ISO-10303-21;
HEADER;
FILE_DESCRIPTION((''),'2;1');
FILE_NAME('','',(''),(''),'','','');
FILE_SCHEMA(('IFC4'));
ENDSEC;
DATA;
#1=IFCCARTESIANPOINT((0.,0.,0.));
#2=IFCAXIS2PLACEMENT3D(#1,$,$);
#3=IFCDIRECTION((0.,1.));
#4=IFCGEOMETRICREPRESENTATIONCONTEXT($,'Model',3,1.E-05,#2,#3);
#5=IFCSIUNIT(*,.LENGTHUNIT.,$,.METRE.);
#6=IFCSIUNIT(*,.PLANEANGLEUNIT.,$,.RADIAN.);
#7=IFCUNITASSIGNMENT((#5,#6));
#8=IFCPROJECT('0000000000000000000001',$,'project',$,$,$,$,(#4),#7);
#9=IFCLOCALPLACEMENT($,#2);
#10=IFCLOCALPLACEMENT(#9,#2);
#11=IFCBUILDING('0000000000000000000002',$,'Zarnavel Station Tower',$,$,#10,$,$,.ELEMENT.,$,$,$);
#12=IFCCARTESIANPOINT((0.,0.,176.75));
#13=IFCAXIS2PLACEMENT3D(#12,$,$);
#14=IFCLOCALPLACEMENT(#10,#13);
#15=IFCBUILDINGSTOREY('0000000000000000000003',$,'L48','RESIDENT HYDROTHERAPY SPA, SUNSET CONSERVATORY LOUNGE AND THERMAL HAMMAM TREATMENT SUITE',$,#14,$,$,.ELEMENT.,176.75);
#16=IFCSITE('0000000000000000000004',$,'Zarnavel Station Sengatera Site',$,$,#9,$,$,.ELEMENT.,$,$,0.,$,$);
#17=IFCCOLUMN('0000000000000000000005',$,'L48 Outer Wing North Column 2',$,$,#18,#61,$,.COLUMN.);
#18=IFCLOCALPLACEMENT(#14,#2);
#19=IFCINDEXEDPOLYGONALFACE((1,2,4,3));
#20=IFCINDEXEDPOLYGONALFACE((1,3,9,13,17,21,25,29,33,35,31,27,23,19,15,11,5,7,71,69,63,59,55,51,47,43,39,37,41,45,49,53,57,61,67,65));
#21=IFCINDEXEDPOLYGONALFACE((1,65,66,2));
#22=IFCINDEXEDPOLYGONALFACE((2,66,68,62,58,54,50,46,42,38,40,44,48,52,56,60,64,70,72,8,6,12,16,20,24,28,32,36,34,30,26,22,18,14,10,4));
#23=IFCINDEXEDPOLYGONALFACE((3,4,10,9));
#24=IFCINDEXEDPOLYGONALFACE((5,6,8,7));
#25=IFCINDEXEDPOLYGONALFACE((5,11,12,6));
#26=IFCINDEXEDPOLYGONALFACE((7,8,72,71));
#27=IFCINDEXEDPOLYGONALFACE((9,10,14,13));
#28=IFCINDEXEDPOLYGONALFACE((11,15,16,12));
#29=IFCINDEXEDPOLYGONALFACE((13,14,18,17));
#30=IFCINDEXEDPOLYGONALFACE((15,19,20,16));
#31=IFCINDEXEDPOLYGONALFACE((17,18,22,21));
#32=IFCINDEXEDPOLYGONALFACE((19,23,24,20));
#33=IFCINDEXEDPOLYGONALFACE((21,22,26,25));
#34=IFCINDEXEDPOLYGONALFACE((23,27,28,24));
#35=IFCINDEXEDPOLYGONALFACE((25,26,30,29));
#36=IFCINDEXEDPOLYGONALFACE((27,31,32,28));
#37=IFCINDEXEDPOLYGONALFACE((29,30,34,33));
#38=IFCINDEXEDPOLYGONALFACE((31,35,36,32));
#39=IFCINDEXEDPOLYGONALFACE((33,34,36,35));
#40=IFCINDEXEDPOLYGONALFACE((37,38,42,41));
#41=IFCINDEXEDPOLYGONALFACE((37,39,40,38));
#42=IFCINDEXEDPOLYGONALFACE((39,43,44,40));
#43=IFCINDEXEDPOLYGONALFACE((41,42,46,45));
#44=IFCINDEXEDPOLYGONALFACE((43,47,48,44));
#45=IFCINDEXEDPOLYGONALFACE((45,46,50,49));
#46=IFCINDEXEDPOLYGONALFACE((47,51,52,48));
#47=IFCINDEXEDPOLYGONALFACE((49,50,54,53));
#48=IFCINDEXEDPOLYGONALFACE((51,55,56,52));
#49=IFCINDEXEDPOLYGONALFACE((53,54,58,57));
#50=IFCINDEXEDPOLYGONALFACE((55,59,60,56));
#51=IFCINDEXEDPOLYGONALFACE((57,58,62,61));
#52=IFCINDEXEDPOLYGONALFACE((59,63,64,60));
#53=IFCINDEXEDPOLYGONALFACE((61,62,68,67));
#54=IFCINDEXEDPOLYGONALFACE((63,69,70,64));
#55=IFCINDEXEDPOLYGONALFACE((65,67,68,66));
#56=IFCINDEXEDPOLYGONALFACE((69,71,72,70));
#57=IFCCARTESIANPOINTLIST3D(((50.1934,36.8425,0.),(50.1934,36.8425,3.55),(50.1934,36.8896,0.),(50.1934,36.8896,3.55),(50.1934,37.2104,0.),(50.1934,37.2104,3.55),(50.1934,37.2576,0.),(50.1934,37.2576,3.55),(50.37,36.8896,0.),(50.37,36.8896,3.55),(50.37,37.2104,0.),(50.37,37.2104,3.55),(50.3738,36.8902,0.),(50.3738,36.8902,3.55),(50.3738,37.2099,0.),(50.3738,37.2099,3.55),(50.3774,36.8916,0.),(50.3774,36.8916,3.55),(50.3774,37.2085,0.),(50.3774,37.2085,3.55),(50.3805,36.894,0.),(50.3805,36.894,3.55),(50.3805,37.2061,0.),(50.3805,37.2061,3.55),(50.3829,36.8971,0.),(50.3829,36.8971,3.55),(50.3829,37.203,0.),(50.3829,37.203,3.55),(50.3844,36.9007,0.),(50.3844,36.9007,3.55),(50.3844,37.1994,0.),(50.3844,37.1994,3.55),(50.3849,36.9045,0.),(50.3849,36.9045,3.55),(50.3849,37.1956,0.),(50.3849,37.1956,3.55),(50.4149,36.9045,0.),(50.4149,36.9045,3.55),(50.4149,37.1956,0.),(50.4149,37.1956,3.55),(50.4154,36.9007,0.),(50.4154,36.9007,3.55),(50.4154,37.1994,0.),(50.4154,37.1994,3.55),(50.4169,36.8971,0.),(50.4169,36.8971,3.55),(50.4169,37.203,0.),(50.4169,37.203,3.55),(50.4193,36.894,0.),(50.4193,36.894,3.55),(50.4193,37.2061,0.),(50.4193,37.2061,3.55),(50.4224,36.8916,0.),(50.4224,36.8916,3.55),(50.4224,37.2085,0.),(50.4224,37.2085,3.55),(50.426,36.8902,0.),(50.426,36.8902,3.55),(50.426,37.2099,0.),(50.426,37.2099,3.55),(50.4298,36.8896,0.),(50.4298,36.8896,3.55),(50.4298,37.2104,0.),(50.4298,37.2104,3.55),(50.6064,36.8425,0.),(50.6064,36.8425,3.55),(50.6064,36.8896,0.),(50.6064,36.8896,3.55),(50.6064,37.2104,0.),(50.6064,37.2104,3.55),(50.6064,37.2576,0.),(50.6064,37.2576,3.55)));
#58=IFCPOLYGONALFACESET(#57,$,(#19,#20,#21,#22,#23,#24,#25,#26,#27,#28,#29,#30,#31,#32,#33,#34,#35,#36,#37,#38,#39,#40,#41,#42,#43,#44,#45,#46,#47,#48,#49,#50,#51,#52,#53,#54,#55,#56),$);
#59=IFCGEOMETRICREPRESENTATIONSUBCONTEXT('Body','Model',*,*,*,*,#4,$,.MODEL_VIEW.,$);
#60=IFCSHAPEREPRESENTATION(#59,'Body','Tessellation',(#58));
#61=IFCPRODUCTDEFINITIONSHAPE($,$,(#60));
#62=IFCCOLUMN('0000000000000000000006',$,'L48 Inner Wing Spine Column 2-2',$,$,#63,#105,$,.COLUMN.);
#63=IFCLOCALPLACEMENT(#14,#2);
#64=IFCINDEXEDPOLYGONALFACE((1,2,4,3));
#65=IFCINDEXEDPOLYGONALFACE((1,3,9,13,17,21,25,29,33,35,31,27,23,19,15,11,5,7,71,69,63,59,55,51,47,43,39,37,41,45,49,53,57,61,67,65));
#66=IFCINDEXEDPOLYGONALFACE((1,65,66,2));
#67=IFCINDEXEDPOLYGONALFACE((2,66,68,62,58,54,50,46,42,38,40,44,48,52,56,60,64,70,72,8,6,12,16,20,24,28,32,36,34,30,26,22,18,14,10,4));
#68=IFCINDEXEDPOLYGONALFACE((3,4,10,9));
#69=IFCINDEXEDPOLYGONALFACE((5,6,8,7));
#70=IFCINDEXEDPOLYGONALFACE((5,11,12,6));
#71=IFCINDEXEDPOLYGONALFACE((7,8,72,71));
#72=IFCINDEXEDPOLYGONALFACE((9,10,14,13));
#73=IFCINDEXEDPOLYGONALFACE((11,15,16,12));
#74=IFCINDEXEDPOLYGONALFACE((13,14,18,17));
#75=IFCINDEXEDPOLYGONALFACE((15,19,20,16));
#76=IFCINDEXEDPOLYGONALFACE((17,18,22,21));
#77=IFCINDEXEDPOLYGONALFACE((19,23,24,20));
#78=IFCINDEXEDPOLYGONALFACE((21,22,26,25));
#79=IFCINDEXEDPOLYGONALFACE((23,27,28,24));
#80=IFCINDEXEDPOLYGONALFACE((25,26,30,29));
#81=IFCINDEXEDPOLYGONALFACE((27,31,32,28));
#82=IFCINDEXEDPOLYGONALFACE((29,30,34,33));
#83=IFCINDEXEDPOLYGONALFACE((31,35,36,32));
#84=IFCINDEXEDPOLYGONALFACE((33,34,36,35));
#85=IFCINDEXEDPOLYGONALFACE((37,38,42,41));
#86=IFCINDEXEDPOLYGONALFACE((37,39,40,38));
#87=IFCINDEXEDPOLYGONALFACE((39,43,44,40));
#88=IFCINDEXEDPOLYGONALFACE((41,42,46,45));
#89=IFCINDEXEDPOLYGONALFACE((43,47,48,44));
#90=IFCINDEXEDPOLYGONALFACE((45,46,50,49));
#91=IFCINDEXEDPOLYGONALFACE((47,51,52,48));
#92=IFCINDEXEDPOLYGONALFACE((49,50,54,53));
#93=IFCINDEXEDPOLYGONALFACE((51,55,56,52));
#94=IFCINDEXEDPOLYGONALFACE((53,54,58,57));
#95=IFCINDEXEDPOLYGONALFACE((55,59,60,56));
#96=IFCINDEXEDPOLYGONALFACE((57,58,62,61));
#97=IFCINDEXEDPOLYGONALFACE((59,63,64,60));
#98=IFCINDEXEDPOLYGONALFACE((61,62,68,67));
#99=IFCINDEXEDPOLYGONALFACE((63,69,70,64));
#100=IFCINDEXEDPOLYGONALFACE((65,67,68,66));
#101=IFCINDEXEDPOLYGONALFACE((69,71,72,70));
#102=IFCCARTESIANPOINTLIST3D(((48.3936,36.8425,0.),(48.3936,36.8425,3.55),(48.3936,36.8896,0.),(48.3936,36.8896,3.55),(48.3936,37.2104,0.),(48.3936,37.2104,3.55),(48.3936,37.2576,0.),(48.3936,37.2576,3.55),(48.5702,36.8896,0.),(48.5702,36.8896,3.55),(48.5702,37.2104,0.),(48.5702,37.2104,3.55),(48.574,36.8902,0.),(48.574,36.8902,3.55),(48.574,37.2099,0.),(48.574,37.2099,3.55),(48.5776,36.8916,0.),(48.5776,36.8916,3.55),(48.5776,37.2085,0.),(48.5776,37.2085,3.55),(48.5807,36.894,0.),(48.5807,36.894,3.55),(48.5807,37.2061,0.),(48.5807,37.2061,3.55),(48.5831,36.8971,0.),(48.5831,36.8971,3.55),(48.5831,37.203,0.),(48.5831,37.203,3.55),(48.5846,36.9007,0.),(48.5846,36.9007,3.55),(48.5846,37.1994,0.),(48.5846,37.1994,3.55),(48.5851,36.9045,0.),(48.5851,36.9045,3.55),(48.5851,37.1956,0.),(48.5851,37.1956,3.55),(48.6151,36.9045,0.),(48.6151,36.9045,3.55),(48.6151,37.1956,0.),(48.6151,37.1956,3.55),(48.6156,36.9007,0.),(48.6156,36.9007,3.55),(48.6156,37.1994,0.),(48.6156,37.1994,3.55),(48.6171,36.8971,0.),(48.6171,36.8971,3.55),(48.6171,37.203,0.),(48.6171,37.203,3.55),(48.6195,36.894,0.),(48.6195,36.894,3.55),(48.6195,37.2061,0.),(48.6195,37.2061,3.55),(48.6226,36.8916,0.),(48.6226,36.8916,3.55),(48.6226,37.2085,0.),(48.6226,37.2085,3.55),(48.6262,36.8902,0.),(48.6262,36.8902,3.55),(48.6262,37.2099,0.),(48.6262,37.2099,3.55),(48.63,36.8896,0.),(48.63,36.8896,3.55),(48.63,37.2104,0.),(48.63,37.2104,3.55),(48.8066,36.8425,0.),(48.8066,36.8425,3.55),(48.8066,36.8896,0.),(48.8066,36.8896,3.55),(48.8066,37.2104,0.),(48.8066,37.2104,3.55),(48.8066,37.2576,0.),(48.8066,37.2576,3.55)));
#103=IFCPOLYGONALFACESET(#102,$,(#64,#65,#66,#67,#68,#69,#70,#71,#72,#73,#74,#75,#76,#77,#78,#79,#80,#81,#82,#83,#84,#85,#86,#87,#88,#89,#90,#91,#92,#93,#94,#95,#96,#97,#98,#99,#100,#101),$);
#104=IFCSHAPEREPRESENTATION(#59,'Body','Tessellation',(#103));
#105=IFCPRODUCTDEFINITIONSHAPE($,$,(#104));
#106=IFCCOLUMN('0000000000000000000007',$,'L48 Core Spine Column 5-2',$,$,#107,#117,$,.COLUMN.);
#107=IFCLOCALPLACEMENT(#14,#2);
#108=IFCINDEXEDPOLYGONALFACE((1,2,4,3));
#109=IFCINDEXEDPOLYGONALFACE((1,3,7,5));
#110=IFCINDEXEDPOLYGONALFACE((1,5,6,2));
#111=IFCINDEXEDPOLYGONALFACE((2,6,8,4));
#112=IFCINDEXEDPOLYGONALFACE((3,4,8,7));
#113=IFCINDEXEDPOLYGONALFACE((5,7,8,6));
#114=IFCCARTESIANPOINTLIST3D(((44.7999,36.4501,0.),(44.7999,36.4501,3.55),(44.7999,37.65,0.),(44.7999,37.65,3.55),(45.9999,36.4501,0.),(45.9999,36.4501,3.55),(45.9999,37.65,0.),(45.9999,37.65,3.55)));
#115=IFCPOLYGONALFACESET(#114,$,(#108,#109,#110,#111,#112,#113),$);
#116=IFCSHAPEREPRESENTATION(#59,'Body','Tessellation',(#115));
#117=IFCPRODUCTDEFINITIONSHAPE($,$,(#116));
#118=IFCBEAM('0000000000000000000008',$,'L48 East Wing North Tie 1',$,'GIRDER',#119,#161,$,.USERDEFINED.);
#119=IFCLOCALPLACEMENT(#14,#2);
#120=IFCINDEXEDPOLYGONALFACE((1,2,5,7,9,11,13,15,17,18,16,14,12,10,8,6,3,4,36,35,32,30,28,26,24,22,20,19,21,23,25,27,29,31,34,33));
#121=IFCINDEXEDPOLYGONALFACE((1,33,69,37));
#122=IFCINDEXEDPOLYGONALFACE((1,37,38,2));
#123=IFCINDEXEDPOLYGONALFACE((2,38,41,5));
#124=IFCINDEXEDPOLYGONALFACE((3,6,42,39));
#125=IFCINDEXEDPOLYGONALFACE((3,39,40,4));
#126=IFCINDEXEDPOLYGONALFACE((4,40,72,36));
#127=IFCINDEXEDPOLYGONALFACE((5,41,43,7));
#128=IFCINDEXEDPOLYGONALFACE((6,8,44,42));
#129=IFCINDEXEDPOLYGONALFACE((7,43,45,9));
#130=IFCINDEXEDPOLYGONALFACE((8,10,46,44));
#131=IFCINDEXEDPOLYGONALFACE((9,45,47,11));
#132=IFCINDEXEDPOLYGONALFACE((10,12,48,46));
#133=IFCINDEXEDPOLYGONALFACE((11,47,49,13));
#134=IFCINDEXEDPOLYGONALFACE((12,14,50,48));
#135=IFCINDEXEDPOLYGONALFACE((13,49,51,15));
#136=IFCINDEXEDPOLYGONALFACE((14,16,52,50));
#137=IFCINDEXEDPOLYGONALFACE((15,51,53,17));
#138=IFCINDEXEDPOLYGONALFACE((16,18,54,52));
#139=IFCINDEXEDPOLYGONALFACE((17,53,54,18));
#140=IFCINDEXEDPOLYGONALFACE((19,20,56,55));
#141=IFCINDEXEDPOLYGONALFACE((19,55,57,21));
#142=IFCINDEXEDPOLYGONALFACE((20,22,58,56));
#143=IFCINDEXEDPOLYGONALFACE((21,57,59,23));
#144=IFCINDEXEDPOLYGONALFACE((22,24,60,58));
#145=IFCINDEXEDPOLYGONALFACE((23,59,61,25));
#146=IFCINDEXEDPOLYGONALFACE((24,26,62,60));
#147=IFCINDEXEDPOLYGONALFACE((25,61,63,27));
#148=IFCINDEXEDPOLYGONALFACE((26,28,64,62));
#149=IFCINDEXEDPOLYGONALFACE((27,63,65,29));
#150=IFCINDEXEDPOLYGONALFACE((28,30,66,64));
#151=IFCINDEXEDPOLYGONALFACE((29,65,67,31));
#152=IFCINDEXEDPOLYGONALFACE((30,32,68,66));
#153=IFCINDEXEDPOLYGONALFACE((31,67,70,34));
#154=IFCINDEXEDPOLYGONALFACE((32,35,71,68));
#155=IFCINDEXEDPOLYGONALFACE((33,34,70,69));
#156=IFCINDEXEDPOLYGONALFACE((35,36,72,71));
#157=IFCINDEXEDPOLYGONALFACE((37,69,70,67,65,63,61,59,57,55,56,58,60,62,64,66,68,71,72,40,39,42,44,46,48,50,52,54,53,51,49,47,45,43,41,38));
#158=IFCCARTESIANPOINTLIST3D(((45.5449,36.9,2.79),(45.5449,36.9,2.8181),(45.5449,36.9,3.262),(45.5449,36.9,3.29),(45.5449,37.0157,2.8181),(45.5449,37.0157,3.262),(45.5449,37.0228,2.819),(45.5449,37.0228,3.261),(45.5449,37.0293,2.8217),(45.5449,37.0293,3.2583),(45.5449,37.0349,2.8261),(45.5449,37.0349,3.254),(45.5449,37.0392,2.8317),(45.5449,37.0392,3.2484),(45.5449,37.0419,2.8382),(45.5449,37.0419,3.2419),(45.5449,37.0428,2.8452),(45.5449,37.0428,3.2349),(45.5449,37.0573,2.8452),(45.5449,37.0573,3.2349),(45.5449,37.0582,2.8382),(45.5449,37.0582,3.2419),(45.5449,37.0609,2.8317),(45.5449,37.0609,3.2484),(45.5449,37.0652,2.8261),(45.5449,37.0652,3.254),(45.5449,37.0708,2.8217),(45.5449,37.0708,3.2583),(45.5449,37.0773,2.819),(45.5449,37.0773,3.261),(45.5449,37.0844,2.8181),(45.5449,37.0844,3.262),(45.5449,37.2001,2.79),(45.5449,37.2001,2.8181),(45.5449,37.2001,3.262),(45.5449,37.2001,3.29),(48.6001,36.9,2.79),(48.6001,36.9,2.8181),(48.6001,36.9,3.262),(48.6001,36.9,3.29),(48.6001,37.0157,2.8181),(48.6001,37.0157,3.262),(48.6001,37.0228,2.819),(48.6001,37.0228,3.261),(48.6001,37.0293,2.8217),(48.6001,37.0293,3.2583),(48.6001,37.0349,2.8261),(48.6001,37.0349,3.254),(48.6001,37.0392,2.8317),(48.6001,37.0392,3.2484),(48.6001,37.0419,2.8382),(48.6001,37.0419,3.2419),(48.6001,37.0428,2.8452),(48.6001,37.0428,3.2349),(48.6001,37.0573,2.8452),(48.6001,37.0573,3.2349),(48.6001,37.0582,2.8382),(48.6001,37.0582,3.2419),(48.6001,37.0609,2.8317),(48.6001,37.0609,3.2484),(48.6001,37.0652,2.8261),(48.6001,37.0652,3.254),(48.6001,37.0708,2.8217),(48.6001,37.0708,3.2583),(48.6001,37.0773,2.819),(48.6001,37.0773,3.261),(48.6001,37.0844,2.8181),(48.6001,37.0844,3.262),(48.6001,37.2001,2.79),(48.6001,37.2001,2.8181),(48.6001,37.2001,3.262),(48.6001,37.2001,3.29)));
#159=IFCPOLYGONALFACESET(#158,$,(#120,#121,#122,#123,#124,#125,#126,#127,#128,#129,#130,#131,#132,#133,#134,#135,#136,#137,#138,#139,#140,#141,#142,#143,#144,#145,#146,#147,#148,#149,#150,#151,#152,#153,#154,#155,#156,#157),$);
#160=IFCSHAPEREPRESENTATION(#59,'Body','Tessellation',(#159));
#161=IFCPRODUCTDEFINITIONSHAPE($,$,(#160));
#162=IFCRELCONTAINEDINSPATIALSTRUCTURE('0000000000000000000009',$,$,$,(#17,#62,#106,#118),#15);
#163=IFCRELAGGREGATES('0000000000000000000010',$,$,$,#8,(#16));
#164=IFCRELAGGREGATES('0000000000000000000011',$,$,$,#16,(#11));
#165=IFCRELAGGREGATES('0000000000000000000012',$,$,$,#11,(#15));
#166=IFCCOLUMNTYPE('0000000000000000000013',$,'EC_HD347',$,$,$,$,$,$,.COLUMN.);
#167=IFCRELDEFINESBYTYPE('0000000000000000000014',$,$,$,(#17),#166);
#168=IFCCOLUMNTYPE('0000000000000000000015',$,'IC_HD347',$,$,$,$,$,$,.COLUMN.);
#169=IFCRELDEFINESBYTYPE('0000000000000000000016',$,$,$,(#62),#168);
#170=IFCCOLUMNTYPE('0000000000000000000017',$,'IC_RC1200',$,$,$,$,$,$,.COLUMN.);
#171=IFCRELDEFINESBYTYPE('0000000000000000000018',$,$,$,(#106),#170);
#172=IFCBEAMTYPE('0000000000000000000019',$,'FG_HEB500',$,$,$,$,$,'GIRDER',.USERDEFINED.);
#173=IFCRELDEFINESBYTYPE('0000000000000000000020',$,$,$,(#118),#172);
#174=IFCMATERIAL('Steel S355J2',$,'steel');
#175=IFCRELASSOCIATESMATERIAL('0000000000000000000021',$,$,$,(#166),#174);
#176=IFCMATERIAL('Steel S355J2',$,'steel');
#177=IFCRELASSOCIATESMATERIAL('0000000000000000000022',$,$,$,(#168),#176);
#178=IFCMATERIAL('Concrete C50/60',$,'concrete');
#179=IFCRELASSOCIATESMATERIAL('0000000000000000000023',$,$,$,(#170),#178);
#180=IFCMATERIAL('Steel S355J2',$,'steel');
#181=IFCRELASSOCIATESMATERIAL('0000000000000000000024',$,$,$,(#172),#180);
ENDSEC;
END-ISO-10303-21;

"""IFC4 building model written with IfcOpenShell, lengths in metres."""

from ifc_helpers import new_model, si_unit, direction, frame, origin, origin_2d, place, context, subcontext, project, spatial, rectangle, i_section, extrude, material, material_profile, profile_set, type_object, element, save


model = new_model("IFC4")

# Units and contexts
model_context = context("Model", 3, precision=1e-05, world=origin(), true_north=direction((0.0, 1.0)))
body_context = subcontext(model_context, "Body", "Model", "MODEL_VIEW")
ifc_project = project(units=[si_unit("LENGTHUNIT", "METRE"), si_unit("PLANEANGLEUNIT", "RADIAN")], contexts=[model_context])

# Site, building, storey
site_placement = place(None, origin())
site = spatial("IfcSite", under=ifc_project, at=site_placement, Name="Zarnavel Station Sengatera Site", CompositionType="ELEMENT", RefElevation=0.0)
building_placement = place(site_placement, origin())
building = spatial("IfcBuilding", under=site, at=building_placement, Name="Zarnavel Station Tower", CompositionType="ELEMENT")
storey_placement = place(building_placement, frame((0.0, 0.0, 176.75)))
storey = spatial("IfcBuildingStorey", under=building, at=storey_placement, Name="L48", Description="RESIDENT HYDROTHERAPY SPA, SUNSET CONSERVATORY LOUNGE AND THERMAL HAMMAM TREATMENT SUITE", CompositionType="ELEMENT", Elevation=176.75)

# Columns
ifc_material_1 = material(Name="Steel S355J2", Category="steel")
ifc_material_profile_1 = material_profile(ifc_material_1, i_section(OverallWidth=0.4131, OverallDepth=0.415, WebThickness=0.03, FlangeThickness=0.0471, FilletRadius=0.0149, at=origin_2d()), Name="HD400x347")
ifc_profile_set_1 = profile_set([ifc_material_profile_1], Name="Steel S355J2")
column_type_1 = type_object("IfcColumnType", Name="EC_HD347", PredefinedType="COLUMN", material=ifc_profile_set_1)
column_1_placement = place(storey_placement, frame((50.3999, 37.05, 0.0), z_axis=(0.0, 0.0, 1.0), x_axis=(1.0, 0.0, 0.0)))
element("IfcColumn", 1, at=column_1_placement, inside=storey, type_object=column_type_1, Name="L48 Outer Wing North Column 2", PredefinedType="COLUMN", context=body_context, shape_type="SweptSolid", body=[
    extrude(i_section(OverallWidth=0.4131, OverallDepth=0.415, WebThickness=0.03, FlangeThickness=0.0471, FilletRadius=0.0149, at=origin_2d()), origin(), (0.0, 0.0, 1.0), 3.55),
])
ifc_material_2 = material(Name="Steel S355J2", Category="steel")
ifc_material_profile_2 = material_profile(ifc_material_2, i_section(OverallWidth=0.4131, OverallDepth=0.415, WebThickness=0.03, FlangeThickness=0.0471, FilletRadius=0.0149, at=origin_2d()), Name="HD400x347")
ifc_profile_set_2 = profile_set([ifc_material_profile_2], Name="Steel S355J2")
column_type_2 = type_object("IfcColumnType", Name="IC_HD347", PredefinedType="COLUMN", material=ifc_profile_set_2)
column_2_placement = place(storey_placement, frame((48.6001, 37.05, 0.0), z_axis=(0.0, 0.0, 1.0), x_axis=(1.0, 0.0, 0.0)))
element("IfcColumn", 2, at=column_2_placement, inside=storey, type_object=column_type_2, Name="L48 Inner Wing Spine Column 2-2", PredefinedType="COLUMN", context=body_context, shape_type="SweptSolid", body=[
    extrude(i_section(OverallWidth=0.4131, OverallDepth=0.415, WebThickness=0.03, FlangeThickness=0.0471, FilletRadius=0.0149, at=origin_2d()), origin(), (0.0, 0.0, 1.0), 3.55),
])
ifc_material_3 = material(Name="Concrete C50/60", Category="concrete")
ifc_material_profile_3 = material_profile(ifc_material_3, rectangle(XDim=1.2, YDim=1.2, at=origin_2d()), Name="RC1200x1200")
ifc_profile_set_3 = profile_set([ifc_material_profile_3], Name="Concrete C50/60")
column_type_3 = type_object("IfcColumnType", Name="IC_RC1200", PredefinedType="COLUMN", material=ifc_profile_set_3)
column_3_placement = place(storey_placement, frame((45.3999, 37.05, 0.0), z_axis=(0.0, 0.0, 1.0), x_axis=(1.0, 0.0, 0.0)))
element("IfcColumn", 3, at=column_3_placement, inside=storey, type_object=column_type_3, Name="L48 Core Spine Column 5-2", PredefinedType="COLUMN", context=body_context, shape_type="SweptSolid", body=[
    extrude(rectangle(XDim=1.2, YDim=1.2, at=origin_2d()), origin(), (0.0, 0.0, 1.0), 3.55),
])

# Beam
ifc_material_4 = material(Name="Steel S355J2", Category="steel")
ifc_material_profile_4 = material_profile(ifc_material_4, i_section(OverallWidth=0.3, OverallDepth=0.5, WebThickness=0.0144, FlangeThickness=0.0281, FilletRadius=0.0271, at=origin_2d()), Name="HEB500")
ifc_profile_set_4 = profile_set([ifc_material_profile_4], Name="Steel S355J2")
beam_type = type_object("IfcBeamType", Name="FG_HEB500", ElementType="GIRDER", PredefinedType="USERDEFINED", material=ifc_profile_set_4)
beam_1_placement = place(storey_placement, frame((45.5449, 37.05, 3.04), z_axis=(1.0, 0.0, 0.0), x_axis=(0.0, 1.0, 0.0)))
element("IfcBeam", 4, at=beam_1_placement, inside=storey, type_object=beam_type, Name="L48 East Wing North Tie 1", ObjectType="GIRDER", PredefinedType="USERDEFINED", context=body_context, shape_type="SweptSolid", body=[
    extrude(i_section(OverallWidth=0.3, OverallDepth=0.5, WebThickness=0.0144, FlangeThickness=0.0281, FilletRadius=0.0271, at=origin_2d()), origin(), (0.0, 0.0, 1.0), 3.0552),
])

save(model, "model.ifc")
